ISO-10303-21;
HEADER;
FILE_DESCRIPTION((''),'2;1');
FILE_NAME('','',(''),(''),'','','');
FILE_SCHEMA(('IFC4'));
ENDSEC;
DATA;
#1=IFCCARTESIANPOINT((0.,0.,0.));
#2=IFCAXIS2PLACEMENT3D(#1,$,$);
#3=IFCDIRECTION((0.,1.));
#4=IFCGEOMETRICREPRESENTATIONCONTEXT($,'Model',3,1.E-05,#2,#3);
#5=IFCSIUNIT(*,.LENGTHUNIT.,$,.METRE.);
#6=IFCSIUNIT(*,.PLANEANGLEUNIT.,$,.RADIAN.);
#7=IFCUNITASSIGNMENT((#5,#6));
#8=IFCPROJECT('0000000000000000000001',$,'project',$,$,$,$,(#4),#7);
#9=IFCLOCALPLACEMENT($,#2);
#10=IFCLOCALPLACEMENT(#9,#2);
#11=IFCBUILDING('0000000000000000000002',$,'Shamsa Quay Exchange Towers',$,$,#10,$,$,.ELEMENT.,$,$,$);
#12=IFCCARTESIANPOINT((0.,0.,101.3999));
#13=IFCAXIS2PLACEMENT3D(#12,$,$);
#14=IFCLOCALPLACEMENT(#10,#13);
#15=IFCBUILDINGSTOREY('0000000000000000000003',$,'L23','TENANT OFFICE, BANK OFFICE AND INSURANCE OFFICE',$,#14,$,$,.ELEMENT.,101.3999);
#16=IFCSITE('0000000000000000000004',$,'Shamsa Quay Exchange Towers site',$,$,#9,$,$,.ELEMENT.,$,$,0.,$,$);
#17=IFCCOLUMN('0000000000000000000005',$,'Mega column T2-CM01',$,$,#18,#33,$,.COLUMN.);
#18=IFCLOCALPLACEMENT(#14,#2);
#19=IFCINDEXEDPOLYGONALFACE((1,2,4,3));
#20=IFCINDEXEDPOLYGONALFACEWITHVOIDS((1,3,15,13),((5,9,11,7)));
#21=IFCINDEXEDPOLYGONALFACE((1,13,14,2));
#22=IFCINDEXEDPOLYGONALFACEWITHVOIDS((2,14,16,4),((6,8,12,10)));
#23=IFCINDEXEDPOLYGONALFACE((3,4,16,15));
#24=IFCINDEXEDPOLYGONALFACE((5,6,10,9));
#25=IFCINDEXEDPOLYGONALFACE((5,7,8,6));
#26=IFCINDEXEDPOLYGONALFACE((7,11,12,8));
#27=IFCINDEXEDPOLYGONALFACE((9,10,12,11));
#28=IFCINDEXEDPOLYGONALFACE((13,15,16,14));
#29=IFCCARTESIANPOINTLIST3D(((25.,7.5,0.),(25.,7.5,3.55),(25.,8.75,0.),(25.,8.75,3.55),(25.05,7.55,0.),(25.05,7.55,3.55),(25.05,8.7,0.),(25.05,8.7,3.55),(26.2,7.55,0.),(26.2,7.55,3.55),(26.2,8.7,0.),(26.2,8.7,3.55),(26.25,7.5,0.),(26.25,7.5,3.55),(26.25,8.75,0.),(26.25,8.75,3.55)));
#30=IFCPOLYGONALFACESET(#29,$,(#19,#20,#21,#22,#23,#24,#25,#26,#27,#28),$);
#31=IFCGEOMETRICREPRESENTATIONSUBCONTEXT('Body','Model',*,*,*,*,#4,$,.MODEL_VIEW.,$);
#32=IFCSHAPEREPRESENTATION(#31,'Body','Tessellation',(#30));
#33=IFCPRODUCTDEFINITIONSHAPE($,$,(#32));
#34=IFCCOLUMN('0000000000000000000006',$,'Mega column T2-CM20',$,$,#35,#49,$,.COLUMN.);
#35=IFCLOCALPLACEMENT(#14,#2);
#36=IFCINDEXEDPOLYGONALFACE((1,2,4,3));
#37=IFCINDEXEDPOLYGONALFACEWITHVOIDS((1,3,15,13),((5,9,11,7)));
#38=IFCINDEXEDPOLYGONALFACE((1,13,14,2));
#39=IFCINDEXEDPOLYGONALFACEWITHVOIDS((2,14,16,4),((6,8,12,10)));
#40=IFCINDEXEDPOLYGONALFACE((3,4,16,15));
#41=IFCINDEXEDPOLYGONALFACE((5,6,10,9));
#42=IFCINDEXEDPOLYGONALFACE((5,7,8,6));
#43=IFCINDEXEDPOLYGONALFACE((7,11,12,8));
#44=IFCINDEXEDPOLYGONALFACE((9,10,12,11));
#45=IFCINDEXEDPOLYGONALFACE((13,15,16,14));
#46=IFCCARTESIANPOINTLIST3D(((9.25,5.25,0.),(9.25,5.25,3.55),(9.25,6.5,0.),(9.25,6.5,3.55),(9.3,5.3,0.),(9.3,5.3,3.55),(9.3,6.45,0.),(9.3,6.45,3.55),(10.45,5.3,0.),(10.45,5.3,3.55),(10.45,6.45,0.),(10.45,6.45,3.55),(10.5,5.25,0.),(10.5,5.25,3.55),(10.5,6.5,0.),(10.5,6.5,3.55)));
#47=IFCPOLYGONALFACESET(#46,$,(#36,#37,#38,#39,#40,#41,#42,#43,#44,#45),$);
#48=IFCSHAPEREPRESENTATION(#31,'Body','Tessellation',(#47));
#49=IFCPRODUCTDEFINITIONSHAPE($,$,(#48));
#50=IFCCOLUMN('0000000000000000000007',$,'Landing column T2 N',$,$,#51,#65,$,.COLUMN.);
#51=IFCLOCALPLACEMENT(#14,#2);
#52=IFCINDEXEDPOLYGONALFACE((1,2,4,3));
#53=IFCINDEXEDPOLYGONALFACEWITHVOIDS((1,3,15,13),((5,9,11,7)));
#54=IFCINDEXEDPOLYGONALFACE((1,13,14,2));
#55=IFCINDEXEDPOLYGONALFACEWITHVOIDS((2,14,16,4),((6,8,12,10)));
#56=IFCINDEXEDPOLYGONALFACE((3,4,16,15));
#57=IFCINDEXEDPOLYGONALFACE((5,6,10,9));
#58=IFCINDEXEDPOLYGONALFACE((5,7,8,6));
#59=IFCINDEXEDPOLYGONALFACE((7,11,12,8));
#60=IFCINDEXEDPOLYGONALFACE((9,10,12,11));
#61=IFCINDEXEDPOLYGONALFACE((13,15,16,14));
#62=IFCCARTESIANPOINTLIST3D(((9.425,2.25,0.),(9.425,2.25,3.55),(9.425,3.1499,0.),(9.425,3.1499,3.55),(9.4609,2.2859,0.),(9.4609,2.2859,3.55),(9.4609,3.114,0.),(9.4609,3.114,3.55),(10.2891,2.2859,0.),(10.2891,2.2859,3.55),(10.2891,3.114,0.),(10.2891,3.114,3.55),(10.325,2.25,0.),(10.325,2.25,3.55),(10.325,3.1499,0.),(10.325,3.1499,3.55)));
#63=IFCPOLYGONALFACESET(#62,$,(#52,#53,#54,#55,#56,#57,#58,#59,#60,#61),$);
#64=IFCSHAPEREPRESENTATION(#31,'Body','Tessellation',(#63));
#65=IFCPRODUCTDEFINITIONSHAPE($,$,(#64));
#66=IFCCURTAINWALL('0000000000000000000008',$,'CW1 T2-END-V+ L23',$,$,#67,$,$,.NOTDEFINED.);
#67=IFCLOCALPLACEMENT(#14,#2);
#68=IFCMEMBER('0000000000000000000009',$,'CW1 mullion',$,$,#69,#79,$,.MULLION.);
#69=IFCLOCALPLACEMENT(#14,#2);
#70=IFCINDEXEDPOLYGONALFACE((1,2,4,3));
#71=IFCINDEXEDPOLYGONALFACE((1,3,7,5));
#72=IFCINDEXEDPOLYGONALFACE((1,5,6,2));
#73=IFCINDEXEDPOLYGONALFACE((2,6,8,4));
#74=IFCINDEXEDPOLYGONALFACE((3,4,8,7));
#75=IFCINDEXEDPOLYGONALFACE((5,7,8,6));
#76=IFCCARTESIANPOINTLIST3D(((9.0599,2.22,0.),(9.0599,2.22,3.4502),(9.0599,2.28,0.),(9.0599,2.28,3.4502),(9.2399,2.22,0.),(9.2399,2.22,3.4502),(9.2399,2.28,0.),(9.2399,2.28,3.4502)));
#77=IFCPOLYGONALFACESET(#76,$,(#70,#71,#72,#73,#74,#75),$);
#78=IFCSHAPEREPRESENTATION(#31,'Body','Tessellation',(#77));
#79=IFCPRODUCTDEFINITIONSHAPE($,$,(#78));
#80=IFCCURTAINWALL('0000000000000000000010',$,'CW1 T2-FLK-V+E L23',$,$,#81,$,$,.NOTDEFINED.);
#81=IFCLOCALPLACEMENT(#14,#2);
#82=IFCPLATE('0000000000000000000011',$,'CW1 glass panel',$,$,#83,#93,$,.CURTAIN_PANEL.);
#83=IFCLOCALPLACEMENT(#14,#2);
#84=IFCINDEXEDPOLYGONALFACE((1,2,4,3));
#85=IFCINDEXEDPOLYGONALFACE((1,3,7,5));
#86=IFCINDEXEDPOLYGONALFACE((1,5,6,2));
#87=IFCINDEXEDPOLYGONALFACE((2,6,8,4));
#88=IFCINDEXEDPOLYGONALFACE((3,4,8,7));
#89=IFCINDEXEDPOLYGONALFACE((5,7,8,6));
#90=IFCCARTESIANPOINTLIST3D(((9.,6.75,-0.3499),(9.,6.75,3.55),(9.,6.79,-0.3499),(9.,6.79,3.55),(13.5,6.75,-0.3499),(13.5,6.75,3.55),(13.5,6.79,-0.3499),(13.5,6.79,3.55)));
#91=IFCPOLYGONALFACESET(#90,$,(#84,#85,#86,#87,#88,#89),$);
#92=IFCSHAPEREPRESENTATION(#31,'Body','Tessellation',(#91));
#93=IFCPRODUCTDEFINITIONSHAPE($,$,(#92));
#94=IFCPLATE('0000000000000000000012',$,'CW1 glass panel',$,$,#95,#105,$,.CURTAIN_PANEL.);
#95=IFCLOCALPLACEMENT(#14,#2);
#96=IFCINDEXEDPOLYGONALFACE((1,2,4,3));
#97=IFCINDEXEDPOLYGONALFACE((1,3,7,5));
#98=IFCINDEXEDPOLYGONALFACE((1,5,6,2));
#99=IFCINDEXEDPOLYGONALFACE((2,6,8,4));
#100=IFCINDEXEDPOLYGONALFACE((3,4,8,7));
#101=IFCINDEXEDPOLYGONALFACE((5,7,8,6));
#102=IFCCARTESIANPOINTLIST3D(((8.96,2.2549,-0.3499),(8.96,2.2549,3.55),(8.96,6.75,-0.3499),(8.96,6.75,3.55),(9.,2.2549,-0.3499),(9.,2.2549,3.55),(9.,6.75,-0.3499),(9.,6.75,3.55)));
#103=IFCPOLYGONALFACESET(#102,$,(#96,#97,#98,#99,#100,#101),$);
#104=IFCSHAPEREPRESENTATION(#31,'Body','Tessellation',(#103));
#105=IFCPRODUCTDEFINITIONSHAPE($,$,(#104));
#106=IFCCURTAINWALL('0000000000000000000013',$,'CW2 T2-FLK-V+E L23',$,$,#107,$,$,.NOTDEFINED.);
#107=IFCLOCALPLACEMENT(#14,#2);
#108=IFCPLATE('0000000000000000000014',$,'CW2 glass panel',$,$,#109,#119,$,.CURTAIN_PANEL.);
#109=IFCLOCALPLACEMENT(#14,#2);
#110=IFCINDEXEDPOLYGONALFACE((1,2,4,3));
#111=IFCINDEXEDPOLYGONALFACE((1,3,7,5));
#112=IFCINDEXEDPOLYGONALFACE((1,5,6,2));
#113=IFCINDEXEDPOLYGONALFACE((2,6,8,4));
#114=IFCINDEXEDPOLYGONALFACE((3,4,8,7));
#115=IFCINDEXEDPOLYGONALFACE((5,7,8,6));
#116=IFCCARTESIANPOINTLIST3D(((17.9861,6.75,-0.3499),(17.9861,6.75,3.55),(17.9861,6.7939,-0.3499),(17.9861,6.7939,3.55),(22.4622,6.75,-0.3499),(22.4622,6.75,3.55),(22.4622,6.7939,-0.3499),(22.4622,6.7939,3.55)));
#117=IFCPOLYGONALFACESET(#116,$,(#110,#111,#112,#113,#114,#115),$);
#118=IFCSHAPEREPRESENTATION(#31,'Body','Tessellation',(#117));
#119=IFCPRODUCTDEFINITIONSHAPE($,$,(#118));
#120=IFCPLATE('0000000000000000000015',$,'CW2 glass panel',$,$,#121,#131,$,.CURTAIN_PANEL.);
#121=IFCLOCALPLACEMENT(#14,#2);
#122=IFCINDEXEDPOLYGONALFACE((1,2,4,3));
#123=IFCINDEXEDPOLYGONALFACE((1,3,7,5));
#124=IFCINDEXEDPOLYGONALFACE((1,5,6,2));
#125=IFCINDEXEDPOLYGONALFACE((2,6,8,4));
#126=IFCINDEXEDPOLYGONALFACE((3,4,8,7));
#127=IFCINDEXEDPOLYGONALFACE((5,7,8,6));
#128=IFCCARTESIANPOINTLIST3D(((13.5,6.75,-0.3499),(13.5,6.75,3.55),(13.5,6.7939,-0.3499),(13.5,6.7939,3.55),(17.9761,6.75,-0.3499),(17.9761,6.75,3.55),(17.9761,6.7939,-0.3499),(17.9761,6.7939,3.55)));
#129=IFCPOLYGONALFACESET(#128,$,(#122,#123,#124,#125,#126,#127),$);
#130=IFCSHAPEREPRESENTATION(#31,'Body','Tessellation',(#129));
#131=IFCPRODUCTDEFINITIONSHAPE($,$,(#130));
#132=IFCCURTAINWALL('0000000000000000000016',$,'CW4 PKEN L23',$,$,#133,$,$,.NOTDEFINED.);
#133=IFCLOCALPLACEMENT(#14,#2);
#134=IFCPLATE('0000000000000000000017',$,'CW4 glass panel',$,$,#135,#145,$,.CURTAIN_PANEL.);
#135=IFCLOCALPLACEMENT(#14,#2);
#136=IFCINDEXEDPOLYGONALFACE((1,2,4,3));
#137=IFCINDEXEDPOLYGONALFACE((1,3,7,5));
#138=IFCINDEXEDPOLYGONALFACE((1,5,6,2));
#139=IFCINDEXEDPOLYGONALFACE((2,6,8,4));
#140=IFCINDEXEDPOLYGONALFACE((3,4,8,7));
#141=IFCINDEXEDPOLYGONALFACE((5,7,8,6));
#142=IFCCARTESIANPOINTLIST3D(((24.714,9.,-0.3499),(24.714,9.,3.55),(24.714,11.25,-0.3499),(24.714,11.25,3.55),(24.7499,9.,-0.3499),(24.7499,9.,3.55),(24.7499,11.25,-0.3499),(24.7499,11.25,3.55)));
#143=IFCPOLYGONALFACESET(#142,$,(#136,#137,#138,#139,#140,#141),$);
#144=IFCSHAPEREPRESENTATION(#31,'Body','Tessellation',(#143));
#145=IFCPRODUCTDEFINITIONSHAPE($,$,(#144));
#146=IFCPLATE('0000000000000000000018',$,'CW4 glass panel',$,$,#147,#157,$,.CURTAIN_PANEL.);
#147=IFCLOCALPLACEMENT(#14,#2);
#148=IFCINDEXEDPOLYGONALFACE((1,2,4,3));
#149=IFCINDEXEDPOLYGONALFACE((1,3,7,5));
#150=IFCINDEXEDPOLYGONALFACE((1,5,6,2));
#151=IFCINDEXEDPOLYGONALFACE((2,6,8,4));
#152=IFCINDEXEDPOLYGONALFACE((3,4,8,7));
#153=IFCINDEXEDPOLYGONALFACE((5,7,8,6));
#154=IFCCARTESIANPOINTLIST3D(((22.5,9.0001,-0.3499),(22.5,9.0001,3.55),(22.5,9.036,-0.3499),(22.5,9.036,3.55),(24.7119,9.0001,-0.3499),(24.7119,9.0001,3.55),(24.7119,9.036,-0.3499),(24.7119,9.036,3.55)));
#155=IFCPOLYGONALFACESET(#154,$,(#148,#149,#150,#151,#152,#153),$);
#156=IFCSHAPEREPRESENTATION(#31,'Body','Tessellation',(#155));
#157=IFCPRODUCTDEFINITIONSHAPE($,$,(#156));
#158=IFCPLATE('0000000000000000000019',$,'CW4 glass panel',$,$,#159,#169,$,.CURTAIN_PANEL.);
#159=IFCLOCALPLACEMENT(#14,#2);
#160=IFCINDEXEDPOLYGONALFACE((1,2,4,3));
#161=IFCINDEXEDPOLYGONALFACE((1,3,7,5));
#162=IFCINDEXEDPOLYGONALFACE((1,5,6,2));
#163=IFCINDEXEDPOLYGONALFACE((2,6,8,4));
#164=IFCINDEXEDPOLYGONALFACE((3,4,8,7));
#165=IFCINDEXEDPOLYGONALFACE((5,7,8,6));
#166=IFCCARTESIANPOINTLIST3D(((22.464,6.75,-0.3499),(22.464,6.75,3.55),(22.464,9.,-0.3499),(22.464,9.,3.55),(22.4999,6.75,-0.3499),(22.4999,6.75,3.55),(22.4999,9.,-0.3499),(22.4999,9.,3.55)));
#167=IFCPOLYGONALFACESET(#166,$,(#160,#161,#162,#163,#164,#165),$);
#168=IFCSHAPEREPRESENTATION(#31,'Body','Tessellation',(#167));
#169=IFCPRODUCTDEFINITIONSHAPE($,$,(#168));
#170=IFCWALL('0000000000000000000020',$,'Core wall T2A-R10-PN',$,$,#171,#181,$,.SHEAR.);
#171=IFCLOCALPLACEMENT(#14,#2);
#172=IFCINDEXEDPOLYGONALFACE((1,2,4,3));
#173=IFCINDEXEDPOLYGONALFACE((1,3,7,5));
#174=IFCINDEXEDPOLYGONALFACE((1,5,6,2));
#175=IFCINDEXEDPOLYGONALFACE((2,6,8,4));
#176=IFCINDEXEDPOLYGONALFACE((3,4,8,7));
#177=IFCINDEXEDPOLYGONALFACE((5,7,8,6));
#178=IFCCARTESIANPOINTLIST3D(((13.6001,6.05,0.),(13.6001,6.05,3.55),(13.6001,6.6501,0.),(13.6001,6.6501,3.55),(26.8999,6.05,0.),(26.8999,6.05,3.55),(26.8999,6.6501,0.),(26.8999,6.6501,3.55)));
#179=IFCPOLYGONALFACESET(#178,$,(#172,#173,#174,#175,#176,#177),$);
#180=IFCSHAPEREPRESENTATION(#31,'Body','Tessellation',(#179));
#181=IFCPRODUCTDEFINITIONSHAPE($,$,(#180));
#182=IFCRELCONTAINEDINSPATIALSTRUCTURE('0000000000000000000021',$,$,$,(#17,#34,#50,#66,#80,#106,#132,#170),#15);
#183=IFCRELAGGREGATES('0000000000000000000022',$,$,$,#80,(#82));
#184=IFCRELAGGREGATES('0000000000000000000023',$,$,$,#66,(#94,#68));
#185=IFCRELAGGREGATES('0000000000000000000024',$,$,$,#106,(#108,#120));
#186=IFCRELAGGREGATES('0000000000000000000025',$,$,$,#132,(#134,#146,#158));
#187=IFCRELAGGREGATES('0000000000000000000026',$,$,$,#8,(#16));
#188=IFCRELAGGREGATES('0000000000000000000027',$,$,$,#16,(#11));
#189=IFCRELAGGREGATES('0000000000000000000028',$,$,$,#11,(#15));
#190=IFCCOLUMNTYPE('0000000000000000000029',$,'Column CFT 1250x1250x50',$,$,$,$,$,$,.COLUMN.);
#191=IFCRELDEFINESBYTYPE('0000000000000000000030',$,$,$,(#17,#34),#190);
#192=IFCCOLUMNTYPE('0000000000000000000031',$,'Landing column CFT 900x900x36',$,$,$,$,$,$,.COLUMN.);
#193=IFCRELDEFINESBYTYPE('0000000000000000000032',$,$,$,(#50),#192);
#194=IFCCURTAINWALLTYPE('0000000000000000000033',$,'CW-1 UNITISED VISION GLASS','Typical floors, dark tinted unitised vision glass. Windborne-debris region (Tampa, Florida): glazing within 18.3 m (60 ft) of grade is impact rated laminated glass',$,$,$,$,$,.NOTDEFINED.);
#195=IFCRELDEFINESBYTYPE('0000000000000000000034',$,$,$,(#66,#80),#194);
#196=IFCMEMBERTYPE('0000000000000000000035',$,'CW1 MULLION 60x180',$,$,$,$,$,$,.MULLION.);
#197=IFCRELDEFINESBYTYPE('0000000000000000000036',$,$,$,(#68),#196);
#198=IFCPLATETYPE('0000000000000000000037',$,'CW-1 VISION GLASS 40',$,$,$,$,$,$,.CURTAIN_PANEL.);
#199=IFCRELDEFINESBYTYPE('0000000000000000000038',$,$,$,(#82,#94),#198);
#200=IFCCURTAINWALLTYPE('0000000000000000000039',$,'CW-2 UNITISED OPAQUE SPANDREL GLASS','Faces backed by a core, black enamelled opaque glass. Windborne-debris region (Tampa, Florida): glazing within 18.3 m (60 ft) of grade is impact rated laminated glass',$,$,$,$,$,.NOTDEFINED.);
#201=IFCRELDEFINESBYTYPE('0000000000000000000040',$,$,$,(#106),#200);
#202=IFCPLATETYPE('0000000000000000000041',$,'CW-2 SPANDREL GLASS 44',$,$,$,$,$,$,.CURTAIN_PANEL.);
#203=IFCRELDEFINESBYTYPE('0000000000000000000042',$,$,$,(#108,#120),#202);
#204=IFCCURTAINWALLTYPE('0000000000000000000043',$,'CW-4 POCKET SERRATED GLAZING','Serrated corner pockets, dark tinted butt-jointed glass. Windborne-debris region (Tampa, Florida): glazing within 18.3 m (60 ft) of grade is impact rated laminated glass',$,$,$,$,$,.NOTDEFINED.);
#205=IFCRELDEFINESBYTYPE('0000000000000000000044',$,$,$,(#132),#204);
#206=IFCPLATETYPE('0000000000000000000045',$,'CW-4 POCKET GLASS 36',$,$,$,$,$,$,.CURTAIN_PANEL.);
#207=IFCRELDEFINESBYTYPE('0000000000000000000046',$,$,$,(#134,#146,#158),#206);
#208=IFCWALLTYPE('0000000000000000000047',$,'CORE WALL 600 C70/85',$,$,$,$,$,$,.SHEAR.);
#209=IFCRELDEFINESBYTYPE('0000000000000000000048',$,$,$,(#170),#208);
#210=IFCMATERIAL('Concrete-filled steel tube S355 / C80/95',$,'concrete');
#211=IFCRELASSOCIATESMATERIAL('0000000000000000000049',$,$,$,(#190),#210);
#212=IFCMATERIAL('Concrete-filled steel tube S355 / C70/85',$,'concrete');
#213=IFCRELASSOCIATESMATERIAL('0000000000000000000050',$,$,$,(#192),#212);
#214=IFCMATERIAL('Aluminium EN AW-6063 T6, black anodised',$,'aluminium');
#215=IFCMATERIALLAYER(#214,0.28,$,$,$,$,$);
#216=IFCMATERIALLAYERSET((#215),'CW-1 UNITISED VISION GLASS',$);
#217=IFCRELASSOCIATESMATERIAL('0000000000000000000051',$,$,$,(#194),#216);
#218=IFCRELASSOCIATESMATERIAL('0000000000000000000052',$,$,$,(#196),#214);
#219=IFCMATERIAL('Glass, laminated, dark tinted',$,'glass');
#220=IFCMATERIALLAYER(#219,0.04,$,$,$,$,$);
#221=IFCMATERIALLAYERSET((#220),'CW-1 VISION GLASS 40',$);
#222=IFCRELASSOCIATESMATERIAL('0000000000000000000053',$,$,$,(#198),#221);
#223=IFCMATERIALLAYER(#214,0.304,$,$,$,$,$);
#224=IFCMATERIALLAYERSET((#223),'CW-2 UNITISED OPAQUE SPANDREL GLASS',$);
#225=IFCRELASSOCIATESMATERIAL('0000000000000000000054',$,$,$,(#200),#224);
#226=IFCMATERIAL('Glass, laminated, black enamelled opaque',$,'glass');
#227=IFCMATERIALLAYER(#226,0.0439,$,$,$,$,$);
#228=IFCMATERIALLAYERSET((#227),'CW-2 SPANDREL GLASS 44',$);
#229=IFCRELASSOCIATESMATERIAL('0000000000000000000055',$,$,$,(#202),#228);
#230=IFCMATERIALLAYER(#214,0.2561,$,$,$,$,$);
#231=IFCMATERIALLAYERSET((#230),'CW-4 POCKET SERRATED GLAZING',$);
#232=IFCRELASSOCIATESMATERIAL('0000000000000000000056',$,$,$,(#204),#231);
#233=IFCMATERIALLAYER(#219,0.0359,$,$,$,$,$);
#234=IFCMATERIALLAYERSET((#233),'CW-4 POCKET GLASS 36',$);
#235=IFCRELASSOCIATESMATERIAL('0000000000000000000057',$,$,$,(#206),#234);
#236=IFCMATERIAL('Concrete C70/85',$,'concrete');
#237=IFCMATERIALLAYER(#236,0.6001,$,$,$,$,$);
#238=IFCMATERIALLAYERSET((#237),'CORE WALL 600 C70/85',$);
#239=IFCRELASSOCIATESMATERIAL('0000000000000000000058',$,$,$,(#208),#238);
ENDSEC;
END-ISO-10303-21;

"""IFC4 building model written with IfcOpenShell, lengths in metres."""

from ifc_helpers import new_model, si_unit, direction, frame, frame_2d, origin, origin_2d, place, context, subcontext, project, spatial, rectangle, hollow_rectangle, extrude, material, layer, layer_set, material_profile, profile_set, type_object, element, aggregate, save


model = new_model("IFC4")

# Units and contexts
model_context = context("Model", 3, precision=1e-05, world=origin(), true_north=direction((0.0, 1.0)))
body_context = subcontext(model_context, "Body", "Model", "MODEL_VIEW")
ifc_project = project(units=[si_unit("LENGTHUNIT", "METRE"), si_unit("PLANEANGLEUNIT", "RADIAN")], contexts=[model_context])

# Site, building, storey
site_placement = place(None, origin())
site = spatial("IfcSite", under=ifc_project, at=site_placement, Name="Shamsa Quay Exchange Towers site", CompositionType="ELEMENT", RefElevation=0.0)
building_placement = place(site_placement, origin())
building = spatial("IfcBuilding", under=site, at=building_placement, Name="Shamsa Quay Exchange Towers", CompositionType="ELEMENT")
storey_placement = place(building_placement, frame((0.0, 0.0, 101.3999)))
storey = spatial("IfcBuildingStorey", under=building, at=storey_placement, Name="L23", Description="TENANT OFFICE, BANK OFFICE AND INSURANCE OFFICE", CompositionType="ELEMENT", Elevation=101.3999)

# Columns
ifc_material_1 = material(Name="Concrete-filled steel tube S355 / C80/95", Category="concrete")
ifc_material_profile_1 = material_profile(ifc_material_1, hollow_rectangle(XDim=1.25, YDim=1.25, WallThickness=0.05, at=origin_2d()), Name="CFT 1250x1250x50")
ifc_profile_set_1 = profile_set([ifc_material_profile_1], Name="Concrete-filled steel tube S355 / C80/95")
column_type_1 = type_object("IfcColumnType", Name="Column CFT 1250x1250x50", PredefinedType="COLUMN", material=ifc_profile_set_1)
for number, where, name in (
    (1, (25.625, 8.125, 0.0), "Mega column T2-CM01"),
    (2, (9.875, 5.875, 0.0), "Mega column T2-CM20"),
):
    element("IfcColumn", number, at=place(storey_placement, frame(where)), inside=storey, type_object=column_type_1, Name=name, PredefinedType="COLUMN", context=body_context, shape_type="SweptSolid", body=[
        extrude(hollow_rectangle(XDim=1.25, YDim=1.25, WallThickness=0.05, at=origin_2d()), origin(), (0.0, 0.0, 1.0), 3.55),
    ])
ifc_material_2 = material(Name="Concrete-filled steel tube S355 / C70/85", Category="concrete")
ifc_material_profile_2 = material_profile(ifc_material_2, hollow_rectangle(XDim=0.8999, YDim=0.8999, WallThickness=0.0359, at=origin_2d()), Name="CFT 900x900x36")
ifc_profile_set_2 = profile_set([ifc_material_profile_2], Name="Concrete-filled steel tube S355 / C70/85")
column_type_2 = type_object("IfcColumnType", Name="Landing column CFT 900x900x36", PredefinedType="COLUMN", material=ifc_profile_set_2)
column_placement = place(storey_placement, frame((9.875, 2.7, 0.0)))
element("IfcColumn", 3, at=column_placement, inside=storey, type_object=column_type_2, Name="Landing column T2 N", PredefinedType="COLUMN", context=body_context, shape_type="SweptSolid", body=[
    extrude(hollow_rectangle(XDim=0.8999, YDim=0.8999, WallThickness=0.0359, at=origin_2d()), origin(), (0.0, 0.0, 1.0), 3.55),
])

# Curtain wall, member
ifc_material_3 = material(Name="Aluminium EN AW-6063 T6, black anodised", Category="aluminium")
ifc_layer_1 = layer(ifc_material_3, 0.28)
ifc_layer_set_1 = layer_set([ifc_layer_1], Name="CW-1 UNITISED VISION GLASS")
curtain_wall_type_1 = type_object("IfcCurtainWallType", Name="CW-1 UNITISED VISION GLASS", Description="Typical floors, dark tinted unitised vision glass. Windborne-debris region (Tampa, Florida): glazing within 18.3 m (60 ft) of grade is impact rated laminated glass", PredefinedType="NOTDEFINED", material=ifc_layer_set_1)
curtain_wall_1_placement = place(storey_placement, origin())
curtain_wall_1 = element("IfcCurtainWall", 4, at=curtain_wall_1_placement, inside=storey, type_object=curtain_wall_type_1, Name="CW1 T2-END-V+ L23", PredefinedType="NOTDEFINED")
ifc_material_profile_3 = material_profile(ifc_material_3, rectangle(XDim=0.1799, YDim=0.0601, at=origin_2d()), Name="MU60x180")
ifc_profile_set_3 = profile_set([ifc_material_profile_3], Name="Aluminium EN AW-6063 T6, black anodised")
member_type = type_object("IfcMemberType", Name="CW1 MULLION 60x180", PredefinedType="MULLION", material=ifc_profile_set_3)
member_placement = place(storey_placement, frame((9.1499, 2.25, 0.0)))
member = element("IfcMember", 5, at=member_placement, type_object=member_type, Name="CW1 mullion", PredefinedType="MULLION", context=body_context, shape_type="SweptSolid", body=[
    extrude(rectangle(XDim=0.1799, YDim=0.0601, at=origin_2d()), origin(), (0.0, 0.0, 1.0), 3.4502),
])

# Curtain wall, plate
curtain_wall_2_placement = place(storey_placement, origin())
curtain_wall_2 = element("IfcCurtainWall", 6, at=curtain_wall_2_placement, inside=storey, type_object=curtain_wall_type_1, Name="CW1 T2-FLK-V+E L23", PredefinedType="NOTDEFINED")
ifc_material_4 = material(Name="Glass, laminated, dark tinted", Category="glass")
ifc_layer_2 = layer(ifc_material_4, 0.04)
ifc_layer_set_2 = layer_set([ifc_layer_2], Name="CW-1 VISION GLASS 40")
plate_type_1 = type_object("IfcPlateType", Name="CW-1 VISION GLASS 40", PredefinedType="CURTAIN_PANEL", material=ifc_layer_set_2)
plate_1_placement = place(storey_placement, frame((11.25, 6.77, -0.3499), z_axis=(0.0, 0.0, 1.0), x_axis=(-1.0, 0.0, 0.0)))
plate_1 = element("IfcPlate", 7, at=plate_1_placement, type_object=plate_type_1, Name="CW1 glass panel", PredefinedType="CURTAIN_PANEL", context=body_context, shape_type="SweptSolid", body=[
    extrude(rectangle(XDim=4.5, YDim=0.04, at=origin_2d()), origin(), (0.0, 0.0, 1.0), 3.8999),
])
aggregate(curtain_wall_2, [plate_1])

# Plate
plate_2_placement = place(storey_placement, frame((8.98, 4.5024, -0.3499), z_axis=(0.0, 0.0, 1.0), x_axis=(0.0, -1.0, 0.0)))
plate_2 = element("IfcPlate", 8, at=plate_2_placement, type_object=plate_type_1, Name="CW1 glass panel", PredefinedType="CURTAIN_PANEL", context=body_context, shape_type="SweptSolid", body=[
    extrude(rectangle(XDim=4.4951, YDim=0.04, at=origin_2d()), origin(), (0.0, 0.0, 1.0), 3.8999),
])
aggregate(curtain_wall_1, [plate_2, member])

# Curtain walls, plates
ifc_layer_3 = layer(ifc_material_3, 0.304)
ifc_layer_set_3 = layer_set([ifc_layer_3], Name="CW-2 UNITISED OPAQUE SPANDREL GLASS")
curtain_wall_type_2 = type_object("IfcCurtainWallType", Name="CW-2 UNITISED OPAQUE SPANDREL GLASS", Description="Faces backed by a core, black enamelled opaque glass. Windborne-debris region (Tampa, Florida): glazing within 18.3 m (60 ft) of grade is impact rated laminated glass", PredefinedType="NOTDEFINED", material=ifc_layer_set_3)
curtain_wall_3_placement = place(storey_placement, origin())
curtain_wall_3 = element("IfcCurtainWall", 9, at=curtain_wall_3_placement, inside=storey, type_object=curtain_wall_type_2, Name="CW2 T2-FLK-V+E L23", PredefinedType="NOTDEFINED")
ifc_material_5 = material(Name="Glass, laminated, black enamelled opaque", Category="glass")
ifc_layer_4 = layer(ifc_material_5, 0.0439)
ifc_layer_set_4 = layer_set([ifc_layer_4], Name="CW-2 SPANDREL GLASS 44")
plate_type_2 = type_object("IfcPlateType", Name="CW-2 SPANDREL GLASS 44", PredefinedType="CURTAIN_PANEL", material=ifc_layer_set_4)
plate_3_placement = place(storey_placement, frame((20.2241, 6.772, -0.3499), z_axis=(0.0, 0.0, 1.0), x_axis=(-1.0, 0.0, 0.0)))
plate_3 = element("IfcPlate", 10, at=plate_3_placement, type_object=plate_type_2, Name="CW2 glass panel", PredefinedType="CURTAIN_PANEL", context=body_context, shape_type="SweptSolid", body=[
    extrude(rectangle(XDim=4.4761, YDim=0.0439, at=origin_2d()), origin(), (0.0, 0.0, 1.0), 3.8999),
])
plate_4_placement = place(storey_placement, frame((15.738, 6.772, -0.3499), z_axis=(0.0, 0.0, 1.0), x_axis=(-1.0, 0.0, 0.0)))
plate_4 = element("IfcPlate", 11, at=plate_4_placement, type_object=plate_type_2, Name="CW2 glass panel", PredefinedType="CURTAIN_PANEL", context=body_context, shape_type="SweptSolid", body=[
    extrude(rectangle(XDim=4.4761, YDim=0.0439, at=origin_2d()), origin(), (0.0, 0.0, 1.0), 3.8999),
])
aggregate(curtain_wall_3, [plate_3, plate_4])
ifc_layer_5 = layer(ifc_material_3, 0.2561)
ifc_layer_set_5 = layer_set([ifc_layer_5], Name="CW-4 POCKET SERRATED GLAZING")
curtain_wall_type_3 = type_object("IfcCurtainWallType", Name="CW-4 POCKET SERRATED GLAZING", Description="Serrated corner pockets, dark tinted butt-jointed glass. Windborne-debris region (Tampa, Florida): glazing within 18.3 m (60 ft) of grade is impact rated laminated glass", PredefinedType="NOTDEFINED", material=ifc_layer_set_5)
curtain_wall_4_placement = place(storey_placement, origin())
curtain_wall_4 = element("IfcCurtainWall", 12, at=curtain_wall_4_placement, inside=storey, type_object=curtain_wall_type_3, Name="CW4 PKEN L23", PredefinedType="NOTDEFINED")
ifc_layer_6 = layer(ifc_material_4, 0.0359)
ifc_layer_set_6 = layer_set([ifc_layer_6], Name="CW-4 POCKET GLASS 36")
plate_type_3 = type_object("IfcPlateType", Name="CW-4 POCKET GLASS 36", PredefinedType="CURTAIN_PANEL", material=ifc_layer_set_6)
plate_5_placement = place(storey_placement, frame((24.7319, 10.125, -0.3499), z_axis=(0.0, 0.0, 1.0), x_axis=(0.0, -1.0, 0.0)))
plate_5 = element("IfcPlate", 13, at=plate_5_placement, type_object=plate_type_3, Name="CW4 glass panel", PredefinedType="CURTAIN_PANEL", context=body_context, shape_type="SweptSolid", body=[
    extrude(rectangle(XDim=2.25, YDim=0.0359, at=origin_2d()), origin(), (0.0, 0.0, 1.0), 3.8999),
])
plate_6_placement = place(storey_placement, frame((23.606, 9.0181, -0.3499), z_axis=(0.0, 0.0, 1.0), x_axis=(-1.0, 0.0, 0.0)))
plate_6 = element("IfcPlate", 14, at=plate_6_placement, type_object=plate_type_3, Name="CW4 glass panel", PredefinedType="CURTAIN_PANEL", context=body_context, shape_type="SweptSolid", body=[
    extrude(rectangle(XDim=2.2119, YDim=0.0359, at=origin_2d()), origin(), (0.0, 0.0, 1.0), 3.8999),
])
plate_7_placement = place(storey_placement, frame((22.4819, 7.875, -0.3499), z_axis=(0.0, 0.0, 1.0), x_axis=(0.0, -1.0, 0.0)))
plate_7 = element("IfcPlate", 15, at=plate_7_placement, type_object=plate_type_3, Name="CW4 glass panel", PredefinedType="CURTAIN_PANEL", context=body_context, shape_type="SweptSolid", body=[
    extrude(rectangle(XDim=2.25, YDim=0.0359, at=origin_2d()), origin(), (0.0, 0.0, 1.0), 3.8999),
])
aggregate(curtain_wall_4, [plate_5, plate_6, plate_7])

# Wall
ifc_material_6 = material(Name="Concrete C70/85", Category="concrete")
ifc_layer_7 = layer(ifc_material_6, 0.6001)
ifc_layer_set_7 = layer_set([ifc_layer_7], Name="CORE WALL 600 C70/85")
wall_type_1 = type_object("IfcWallType", Name="CORE WALL 600 C70/85", PredefinedType="SHEAR", material=ifc_layer_set_7)
wall_1_placement = place(storey_placement, frame((13.6001, 6.3501, 0.0)))
element("IfcWall", 16, at=wall_1_placement, inside=storey, type_object=wall_type_1, Name="Core wall T2A-R10-PN", PredefinedType="SHEAR", context=body_context, shape_type="SweptSolid", body=[
    extrude(rectangle(XDim=13.2998, YDim=0.6001, at=frame_2d((6.6499, 0.0))), origin(), (0.0, 0.0, 1.0), 3.55),
])

save(model, "model.ifc")
